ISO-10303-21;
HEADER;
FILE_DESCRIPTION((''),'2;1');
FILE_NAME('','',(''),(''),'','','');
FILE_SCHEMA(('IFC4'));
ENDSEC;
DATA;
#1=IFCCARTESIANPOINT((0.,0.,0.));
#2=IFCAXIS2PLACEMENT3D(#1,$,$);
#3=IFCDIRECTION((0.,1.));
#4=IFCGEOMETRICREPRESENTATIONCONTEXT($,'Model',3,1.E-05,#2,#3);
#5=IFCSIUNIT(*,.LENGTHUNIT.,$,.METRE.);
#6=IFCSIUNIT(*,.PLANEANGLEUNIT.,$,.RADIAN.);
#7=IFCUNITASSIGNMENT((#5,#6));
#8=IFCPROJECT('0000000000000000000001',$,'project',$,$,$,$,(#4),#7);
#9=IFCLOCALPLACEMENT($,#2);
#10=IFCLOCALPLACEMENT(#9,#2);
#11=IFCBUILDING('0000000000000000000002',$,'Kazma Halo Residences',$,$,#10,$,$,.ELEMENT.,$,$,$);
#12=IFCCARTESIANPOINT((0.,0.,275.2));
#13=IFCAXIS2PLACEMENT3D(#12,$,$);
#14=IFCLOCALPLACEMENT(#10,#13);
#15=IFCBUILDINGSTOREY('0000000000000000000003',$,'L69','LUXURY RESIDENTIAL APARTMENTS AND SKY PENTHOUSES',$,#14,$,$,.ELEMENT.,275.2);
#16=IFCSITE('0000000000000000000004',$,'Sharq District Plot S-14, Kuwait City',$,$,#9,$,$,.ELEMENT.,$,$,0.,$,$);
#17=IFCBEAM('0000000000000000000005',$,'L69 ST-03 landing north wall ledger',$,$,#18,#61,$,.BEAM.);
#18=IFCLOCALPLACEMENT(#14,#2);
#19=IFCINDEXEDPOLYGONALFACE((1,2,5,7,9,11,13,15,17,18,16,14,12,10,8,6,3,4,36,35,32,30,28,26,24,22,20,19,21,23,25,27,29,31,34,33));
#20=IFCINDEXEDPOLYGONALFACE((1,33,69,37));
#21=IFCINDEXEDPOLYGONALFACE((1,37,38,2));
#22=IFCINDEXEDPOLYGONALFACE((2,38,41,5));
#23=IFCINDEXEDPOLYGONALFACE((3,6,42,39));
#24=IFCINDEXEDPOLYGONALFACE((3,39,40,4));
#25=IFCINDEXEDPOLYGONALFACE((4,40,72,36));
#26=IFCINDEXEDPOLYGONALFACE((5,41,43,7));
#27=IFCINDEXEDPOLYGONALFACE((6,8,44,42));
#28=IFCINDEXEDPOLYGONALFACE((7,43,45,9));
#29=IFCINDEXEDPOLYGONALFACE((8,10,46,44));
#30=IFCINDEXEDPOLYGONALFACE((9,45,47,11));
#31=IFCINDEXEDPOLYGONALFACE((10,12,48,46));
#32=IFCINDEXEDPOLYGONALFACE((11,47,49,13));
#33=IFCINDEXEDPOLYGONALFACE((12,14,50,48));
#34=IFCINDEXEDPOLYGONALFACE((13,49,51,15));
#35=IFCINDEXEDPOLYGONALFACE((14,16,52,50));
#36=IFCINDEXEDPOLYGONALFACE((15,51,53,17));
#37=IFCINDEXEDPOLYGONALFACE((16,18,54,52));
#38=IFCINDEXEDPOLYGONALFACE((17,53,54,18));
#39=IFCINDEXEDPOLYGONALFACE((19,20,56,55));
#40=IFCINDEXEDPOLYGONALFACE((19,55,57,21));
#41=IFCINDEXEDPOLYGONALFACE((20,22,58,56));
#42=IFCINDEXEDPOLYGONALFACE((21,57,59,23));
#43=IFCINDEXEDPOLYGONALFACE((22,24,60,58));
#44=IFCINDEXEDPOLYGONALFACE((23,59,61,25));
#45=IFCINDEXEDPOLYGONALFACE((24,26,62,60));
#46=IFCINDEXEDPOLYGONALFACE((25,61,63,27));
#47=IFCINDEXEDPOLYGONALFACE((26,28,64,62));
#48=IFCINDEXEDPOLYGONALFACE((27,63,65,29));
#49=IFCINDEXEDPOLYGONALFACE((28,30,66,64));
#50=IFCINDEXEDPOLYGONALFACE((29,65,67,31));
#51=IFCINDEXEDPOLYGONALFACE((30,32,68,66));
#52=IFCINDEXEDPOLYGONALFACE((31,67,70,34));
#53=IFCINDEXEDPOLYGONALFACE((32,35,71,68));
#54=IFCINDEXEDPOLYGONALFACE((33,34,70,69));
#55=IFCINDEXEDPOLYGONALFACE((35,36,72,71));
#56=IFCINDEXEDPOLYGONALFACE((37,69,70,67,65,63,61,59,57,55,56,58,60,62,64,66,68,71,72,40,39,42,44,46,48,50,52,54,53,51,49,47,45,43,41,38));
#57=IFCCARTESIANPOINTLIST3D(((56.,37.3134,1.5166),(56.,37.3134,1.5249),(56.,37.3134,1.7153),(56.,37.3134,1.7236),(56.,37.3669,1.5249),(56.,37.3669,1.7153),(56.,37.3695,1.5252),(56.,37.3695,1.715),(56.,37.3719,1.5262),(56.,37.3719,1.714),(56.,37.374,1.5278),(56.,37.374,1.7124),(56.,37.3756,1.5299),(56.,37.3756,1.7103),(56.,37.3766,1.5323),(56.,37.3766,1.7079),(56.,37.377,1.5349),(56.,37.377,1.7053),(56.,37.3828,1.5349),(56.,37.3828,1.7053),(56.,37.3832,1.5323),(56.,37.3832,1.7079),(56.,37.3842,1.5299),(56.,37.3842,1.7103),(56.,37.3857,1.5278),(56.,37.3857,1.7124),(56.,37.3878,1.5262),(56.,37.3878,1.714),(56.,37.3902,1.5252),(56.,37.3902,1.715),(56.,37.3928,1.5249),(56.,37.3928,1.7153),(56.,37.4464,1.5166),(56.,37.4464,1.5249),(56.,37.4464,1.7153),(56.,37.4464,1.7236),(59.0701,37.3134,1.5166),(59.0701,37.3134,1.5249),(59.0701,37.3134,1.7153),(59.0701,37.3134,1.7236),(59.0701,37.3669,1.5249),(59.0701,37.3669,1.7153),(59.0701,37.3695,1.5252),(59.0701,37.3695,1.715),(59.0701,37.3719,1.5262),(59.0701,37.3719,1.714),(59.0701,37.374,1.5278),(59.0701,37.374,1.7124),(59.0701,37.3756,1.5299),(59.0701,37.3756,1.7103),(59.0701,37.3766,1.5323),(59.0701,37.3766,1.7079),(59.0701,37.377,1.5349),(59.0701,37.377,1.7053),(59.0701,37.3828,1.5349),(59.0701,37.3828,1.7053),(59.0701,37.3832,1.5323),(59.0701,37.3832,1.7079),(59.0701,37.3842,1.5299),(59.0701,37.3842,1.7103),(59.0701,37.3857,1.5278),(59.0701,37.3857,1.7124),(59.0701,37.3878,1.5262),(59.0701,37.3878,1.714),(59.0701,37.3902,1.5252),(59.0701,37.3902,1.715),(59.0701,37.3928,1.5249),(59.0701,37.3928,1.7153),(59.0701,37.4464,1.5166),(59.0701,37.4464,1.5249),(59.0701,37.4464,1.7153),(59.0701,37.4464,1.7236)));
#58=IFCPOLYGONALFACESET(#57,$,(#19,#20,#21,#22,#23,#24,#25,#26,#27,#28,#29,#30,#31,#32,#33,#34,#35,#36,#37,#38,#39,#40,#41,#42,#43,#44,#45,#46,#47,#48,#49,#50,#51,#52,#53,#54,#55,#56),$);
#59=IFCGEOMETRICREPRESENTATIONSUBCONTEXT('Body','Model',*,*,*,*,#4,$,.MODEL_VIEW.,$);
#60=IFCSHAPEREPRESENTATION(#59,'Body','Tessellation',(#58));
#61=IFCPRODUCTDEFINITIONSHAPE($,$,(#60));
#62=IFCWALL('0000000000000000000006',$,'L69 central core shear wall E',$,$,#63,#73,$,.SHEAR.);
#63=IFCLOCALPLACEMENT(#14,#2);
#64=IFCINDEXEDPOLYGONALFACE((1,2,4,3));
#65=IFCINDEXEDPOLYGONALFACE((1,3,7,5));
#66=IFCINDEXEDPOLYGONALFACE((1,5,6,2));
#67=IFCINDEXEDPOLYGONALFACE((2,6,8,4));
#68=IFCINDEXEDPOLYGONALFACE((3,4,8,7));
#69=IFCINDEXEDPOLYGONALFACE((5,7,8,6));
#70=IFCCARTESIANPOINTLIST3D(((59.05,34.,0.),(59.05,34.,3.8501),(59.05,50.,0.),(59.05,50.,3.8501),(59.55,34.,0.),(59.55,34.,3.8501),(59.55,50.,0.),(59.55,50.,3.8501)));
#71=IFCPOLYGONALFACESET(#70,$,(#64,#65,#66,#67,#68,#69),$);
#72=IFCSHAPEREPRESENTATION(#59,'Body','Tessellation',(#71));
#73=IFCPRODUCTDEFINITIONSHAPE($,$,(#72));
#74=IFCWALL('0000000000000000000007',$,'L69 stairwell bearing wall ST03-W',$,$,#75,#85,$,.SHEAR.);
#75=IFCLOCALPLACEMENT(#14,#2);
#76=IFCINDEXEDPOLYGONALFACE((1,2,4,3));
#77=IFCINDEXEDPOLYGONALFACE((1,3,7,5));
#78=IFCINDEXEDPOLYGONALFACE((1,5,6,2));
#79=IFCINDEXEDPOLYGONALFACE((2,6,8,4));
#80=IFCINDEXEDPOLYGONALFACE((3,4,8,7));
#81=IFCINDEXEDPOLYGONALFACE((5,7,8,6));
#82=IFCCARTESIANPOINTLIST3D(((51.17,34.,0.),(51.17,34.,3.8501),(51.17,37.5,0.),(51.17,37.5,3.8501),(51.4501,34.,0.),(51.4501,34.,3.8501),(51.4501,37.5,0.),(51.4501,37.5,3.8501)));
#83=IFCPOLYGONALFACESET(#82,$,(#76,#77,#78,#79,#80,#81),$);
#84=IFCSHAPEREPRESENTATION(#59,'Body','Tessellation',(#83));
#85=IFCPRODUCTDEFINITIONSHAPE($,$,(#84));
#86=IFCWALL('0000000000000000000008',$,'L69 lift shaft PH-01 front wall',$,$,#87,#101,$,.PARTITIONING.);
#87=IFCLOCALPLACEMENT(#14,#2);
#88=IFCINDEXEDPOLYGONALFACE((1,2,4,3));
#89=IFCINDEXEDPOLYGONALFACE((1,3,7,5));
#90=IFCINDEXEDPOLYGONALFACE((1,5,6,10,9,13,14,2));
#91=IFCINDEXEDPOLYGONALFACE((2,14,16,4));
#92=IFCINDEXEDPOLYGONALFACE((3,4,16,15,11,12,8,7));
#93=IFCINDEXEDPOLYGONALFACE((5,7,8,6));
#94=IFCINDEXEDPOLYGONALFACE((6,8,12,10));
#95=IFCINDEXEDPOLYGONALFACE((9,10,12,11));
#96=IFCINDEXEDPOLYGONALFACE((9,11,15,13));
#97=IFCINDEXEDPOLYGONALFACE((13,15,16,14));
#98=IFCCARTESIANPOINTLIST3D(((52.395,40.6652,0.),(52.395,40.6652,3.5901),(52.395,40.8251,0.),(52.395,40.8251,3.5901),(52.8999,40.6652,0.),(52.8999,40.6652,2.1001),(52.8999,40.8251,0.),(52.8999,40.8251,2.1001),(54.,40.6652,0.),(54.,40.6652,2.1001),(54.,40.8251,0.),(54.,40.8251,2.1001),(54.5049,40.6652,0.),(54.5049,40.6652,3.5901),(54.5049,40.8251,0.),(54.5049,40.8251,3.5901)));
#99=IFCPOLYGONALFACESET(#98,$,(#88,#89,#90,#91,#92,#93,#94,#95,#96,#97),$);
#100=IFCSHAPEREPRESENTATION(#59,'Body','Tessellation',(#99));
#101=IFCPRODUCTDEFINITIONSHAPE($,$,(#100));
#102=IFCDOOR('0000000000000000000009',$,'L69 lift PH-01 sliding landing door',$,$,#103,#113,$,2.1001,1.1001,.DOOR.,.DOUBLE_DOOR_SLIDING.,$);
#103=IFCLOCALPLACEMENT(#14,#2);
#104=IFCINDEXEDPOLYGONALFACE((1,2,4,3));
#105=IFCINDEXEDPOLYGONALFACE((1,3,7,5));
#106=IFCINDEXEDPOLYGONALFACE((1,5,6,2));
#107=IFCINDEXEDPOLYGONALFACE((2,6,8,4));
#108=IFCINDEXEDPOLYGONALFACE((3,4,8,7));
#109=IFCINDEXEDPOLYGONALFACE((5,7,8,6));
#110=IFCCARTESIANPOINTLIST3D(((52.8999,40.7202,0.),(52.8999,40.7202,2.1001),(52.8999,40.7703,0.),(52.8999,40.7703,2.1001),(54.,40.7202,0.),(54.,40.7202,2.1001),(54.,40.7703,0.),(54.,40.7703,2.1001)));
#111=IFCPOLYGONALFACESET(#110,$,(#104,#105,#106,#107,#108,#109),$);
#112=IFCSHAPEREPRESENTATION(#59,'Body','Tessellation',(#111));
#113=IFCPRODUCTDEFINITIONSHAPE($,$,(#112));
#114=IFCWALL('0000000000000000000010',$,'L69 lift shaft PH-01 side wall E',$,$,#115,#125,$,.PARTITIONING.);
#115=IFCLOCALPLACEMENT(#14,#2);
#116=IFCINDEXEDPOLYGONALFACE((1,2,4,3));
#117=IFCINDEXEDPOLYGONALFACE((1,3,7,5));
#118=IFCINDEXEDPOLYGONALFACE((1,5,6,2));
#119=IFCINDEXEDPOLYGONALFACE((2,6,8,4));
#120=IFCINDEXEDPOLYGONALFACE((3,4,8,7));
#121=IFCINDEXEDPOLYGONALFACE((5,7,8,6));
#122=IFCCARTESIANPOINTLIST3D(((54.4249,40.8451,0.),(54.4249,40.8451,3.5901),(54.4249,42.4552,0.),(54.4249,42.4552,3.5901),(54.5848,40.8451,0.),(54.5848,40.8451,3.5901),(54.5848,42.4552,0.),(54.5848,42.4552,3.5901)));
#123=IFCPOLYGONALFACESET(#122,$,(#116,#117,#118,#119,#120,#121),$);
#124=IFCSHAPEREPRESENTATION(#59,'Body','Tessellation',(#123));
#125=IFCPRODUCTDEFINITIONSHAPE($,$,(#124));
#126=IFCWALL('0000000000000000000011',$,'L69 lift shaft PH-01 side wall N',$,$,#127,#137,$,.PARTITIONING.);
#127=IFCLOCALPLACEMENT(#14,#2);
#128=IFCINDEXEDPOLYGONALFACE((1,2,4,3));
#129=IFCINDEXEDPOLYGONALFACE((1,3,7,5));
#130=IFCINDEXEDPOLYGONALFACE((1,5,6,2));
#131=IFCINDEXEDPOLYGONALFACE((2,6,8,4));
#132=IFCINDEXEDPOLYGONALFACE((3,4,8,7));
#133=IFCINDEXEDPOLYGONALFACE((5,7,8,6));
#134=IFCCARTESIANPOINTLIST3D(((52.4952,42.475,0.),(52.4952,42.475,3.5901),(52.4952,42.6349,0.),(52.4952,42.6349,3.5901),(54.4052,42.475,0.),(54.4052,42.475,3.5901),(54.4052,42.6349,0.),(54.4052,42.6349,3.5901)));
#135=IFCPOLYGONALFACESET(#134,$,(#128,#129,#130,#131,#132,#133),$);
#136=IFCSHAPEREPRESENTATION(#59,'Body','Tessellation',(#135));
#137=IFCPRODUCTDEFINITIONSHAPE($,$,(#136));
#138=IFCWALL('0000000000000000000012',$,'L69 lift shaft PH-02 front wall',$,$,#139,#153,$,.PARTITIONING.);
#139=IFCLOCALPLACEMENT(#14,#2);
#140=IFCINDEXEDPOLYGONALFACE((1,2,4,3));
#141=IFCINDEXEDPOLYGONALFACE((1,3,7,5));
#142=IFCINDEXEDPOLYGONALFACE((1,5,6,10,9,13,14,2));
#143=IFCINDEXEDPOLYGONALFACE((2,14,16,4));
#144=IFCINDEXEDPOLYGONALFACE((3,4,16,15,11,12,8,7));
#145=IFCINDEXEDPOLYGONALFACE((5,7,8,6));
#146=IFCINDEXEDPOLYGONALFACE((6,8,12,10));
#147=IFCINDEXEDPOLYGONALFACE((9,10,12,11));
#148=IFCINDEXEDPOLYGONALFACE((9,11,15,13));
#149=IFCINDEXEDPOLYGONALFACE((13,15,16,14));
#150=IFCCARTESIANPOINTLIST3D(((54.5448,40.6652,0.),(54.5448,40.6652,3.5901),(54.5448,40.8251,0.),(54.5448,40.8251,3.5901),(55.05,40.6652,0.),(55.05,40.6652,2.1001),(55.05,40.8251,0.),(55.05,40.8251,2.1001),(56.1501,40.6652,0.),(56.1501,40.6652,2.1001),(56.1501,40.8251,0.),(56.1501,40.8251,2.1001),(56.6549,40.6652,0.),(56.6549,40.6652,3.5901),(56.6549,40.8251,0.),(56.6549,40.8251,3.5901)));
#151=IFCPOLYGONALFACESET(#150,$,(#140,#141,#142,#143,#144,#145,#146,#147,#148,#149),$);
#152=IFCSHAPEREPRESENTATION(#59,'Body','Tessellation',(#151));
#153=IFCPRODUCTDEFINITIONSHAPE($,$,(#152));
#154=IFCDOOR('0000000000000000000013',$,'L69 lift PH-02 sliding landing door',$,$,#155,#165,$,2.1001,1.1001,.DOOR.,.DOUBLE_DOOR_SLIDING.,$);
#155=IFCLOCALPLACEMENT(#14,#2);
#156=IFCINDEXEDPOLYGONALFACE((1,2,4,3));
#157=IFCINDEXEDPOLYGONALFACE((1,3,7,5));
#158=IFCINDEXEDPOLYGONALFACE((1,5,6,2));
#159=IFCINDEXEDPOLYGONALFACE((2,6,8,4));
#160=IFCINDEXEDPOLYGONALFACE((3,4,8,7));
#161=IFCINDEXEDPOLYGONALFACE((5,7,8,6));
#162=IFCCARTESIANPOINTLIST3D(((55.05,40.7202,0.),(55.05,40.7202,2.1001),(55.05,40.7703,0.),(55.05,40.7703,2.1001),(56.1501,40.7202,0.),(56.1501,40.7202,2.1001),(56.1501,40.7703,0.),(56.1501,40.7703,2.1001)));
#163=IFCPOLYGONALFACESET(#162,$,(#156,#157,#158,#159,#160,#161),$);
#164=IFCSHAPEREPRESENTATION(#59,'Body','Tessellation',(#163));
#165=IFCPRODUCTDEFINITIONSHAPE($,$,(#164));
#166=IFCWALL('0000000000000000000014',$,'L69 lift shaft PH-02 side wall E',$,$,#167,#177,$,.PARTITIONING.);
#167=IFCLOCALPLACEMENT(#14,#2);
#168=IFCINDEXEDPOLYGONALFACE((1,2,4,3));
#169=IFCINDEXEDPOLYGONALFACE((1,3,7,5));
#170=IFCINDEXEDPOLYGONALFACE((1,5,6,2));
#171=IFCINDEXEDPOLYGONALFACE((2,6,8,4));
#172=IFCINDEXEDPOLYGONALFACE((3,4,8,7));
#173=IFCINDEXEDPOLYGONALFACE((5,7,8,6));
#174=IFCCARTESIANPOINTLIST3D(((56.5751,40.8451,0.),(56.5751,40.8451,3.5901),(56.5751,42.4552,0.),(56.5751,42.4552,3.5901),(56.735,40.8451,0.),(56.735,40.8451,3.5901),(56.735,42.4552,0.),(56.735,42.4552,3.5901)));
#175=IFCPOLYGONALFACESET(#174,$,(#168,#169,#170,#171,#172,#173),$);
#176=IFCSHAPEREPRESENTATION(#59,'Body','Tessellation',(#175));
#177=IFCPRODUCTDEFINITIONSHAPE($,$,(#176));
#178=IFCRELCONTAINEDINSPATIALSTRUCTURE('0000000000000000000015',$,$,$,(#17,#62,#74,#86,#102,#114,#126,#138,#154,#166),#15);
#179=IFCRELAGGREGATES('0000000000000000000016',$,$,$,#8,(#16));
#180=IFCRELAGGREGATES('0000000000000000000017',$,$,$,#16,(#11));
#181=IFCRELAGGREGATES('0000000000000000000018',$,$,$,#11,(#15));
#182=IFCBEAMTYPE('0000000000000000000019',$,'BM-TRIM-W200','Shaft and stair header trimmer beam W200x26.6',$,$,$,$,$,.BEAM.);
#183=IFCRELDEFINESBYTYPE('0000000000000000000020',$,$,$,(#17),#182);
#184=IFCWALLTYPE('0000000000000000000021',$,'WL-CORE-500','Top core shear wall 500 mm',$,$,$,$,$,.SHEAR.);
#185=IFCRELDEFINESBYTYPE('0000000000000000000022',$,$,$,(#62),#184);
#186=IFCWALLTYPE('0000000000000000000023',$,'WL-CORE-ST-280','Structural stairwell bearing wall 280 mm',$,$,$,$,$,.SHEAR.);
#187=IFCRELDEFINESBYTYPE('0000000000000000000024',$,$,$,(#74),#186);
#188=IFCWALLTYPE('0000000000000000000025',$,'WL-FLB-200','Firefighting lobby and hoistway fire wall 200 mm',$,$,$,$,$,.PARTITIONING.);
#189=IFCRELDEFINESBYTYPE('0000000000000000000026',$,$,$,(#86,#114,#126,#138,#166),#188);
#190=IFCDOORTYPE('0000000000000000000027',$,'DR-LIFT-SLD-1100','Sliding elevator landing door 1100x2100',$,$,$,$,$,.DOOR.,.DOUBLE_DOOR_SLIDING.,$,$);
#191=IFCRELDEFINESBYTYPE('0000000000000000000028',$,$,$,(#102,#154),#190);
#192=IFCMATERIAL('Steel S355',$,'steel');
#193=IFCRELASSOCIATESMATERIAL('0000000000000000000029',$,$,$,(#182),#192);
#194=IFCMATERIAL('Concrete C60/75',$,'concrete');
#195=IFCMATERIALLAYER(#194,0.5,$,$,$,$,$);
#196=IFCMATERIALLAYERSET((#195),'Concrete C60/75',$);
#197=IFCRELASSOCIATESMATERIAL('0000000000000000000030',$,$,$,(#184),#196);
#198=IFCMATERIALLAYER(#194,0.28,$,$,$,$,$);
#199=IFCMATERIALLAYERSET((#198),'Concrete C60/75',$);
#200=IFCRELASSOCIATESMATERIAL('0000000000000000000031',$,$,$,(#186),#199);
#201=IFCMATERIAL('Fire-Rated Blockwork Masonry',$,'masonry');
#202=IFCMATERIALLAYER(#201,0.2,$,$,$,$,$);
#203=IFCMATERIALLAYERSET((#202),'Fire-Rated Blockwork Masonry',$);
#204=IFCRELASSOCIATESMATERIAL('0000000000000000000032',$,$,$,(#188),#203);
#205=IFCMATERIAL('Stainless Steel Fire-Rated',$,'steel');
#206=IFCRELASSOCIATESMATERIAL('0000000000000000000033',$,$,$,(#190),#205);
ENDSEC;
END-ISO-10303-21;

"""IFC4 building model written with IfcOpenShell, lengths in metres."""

from ifc_helpers import new_model, si_unit, direction, frame, frame_2d, origin, origin_2d, place, context, subcontext, project, spatial, rectangle, i_section, extrude, material, layer, layer_set, material_profile, profile_set, type_object, element, fill, save


model = new_model("IFC4")

# Units and contexts
model_context = context("Model", 3, precision=1e-05, world=origin(), true_north=direction((0.0, 1.0)))
body_context = subcontext(model_context, "Body", "Model", "MODEL_VIEW")
ifc_project = project(units=[si_unit("LENGTHUNIT", "METRE"), si_unit("PLANEANGLEUNIT", "RADIAN")], contexts=[model_context])

# Site, building, storey
site_placement = place(None, origin())
site = spatial("IfcSite", under=ifc_project, at=site_placement, Name="Sharq District Plot S-14, Kuwait City", CompositionType="ELEMENT", RefElevation=0.0)
building_placement = place(site_placement, origin())
building = spatial("IfcBuilding", under=site, at=building_placement, Name="Kazma Halo Residences", CompositionType="ELEMENT")
storey_placement = place(building_placement, frame((0.0, 0.0, 275.2)))
storey = spatial("IfcBuildingStorey", under=building, at=storey_placement, Name="L69", Description="LUXURY RESIDENTIAL APARTMENTS AND SKY PENTHOUSES", CompositionType="ELEMENT", Elevation=275.2)

# Shared definitions
ifc_material_1 = material(Name="Steel S355", Category="steel")

# Beam
ifc_material_profile_1 = material_profile(ifc_material_1, i_section(OverallWidth=0.1331, OverallDepth=0.207, WebThickness=0.0059, FlangeThickness=0.0083, FilletRadius=0.01, at=origin_2d()), Name="W200x26.6")
ifc_profile_set_1 = profile_set([ifc_material_profile_1], Name="Steel S355")
beam_type_1 = type_object("IfcBeamType", Name="BM-TRIM-W200", Description="Shaft and stair header trimmer beam W200x26.6", PredefinedType="BEAM", material=ifc_profile_set_1)
beam_1_placement = place(storey_placement, frame((56.0, 37.3799, 1.6201), z_axis=(1.0, 0.0, 0.0), x_axis=(0.0, 1.0, 0.0)))
element("IfcBeam", 1, at=beam_1_placement, inside=storey, type_object=beam_type_1, Name="L69 ST-03 landing north wall ledger", PredefinedType="BEAM", context=body_context, shape_type="SweptSolid", body=[
    extrude(i_section(OverallWidth=0.1331, OverallDepth=0.207, WebThickness=0.0059, FlangeThickness=0.0083, FilletRadius=0.01, at=origin_2d()), origin(), (0.0, 0.0, 1.0), 3.0701),
])

# Walls
ifc_material_2 = material(Name="Concrete C60/75", Category="concrete")
ifc_layer_1 = layer(ifc_material_2, 0.5)
ifc_layer_set_1 = layer_set([ifc_layer_1], Name="Concrete C60/75")
wall_type_1 = type_object("IfcWallType", Name="WL-CORE-500", Description="Top core shear wall 500 mm", PredefinedType="SHEAR", material=ifc_layer_set_1)
wall_1_placement = place(storey_placement, frame((59.3, 34.0, 0.0), z_axis=(0.0, 0.0, 1.0), x_axis=(0.0, 1.0, 0.0)))
element("IfcWall", 2, at=wall_1_placement, inside=storey, type_object=wall_type_1, Name="L69 central core shear wall E", PredefinedType="SHEAR", context=body_context, shape_type="SweptSolid", body=[
    extrude(rectangle(XDim=16.0, YDim=0.5, at=frame_2d((8.0, 0.0))), origin(), (0.0, 0.0, 1.0), 3.8501),
])
ifc_layer_2 = layer(ifc_material_2, 0.28)
ifc_layer_set_2 = layer_set([ifc_layer_2], Name="Concrete C60/75")
wall_type_2 = type_object("IfcWallType", Name="WL-CORE-ST-280", Description="Structural stairwell bearing wall 280 mm", PredefinedType="SHEAR", material=ifc_layer_set_2)
wall_2_placement = place(storey_placement, frame((51.3101, 34.0, 0.0), z_axis=(0.0, 0.0, 1.0), x_axis=(0.0, 1.0, 0.0)))
element("IfcWall", 3, at=wall_2_placement, inside=storey, type_object=wall_type_2, Name="L69 stairwell bearing wall ST03-W", PredefinedType="SHEAR", context=body_context, shape_type="SweptSolid", body=[
    extrude(rectangle(XDim=3.5, YDim=0.28, at=frame_2d((1.75, 0.0))), origin(), (0.0, 0.0, 1.0), 3.8501),
])

# Wall, opening, door
ifc_material_3 = material(Name="Fire-Rated Blockwork Masonry", Category="masonry")
ifc_layer_3 = layer(ifc_material_3, 0.2)
ifc_layer_set_3 = layer_set([ifc_layer_3], Name="Fire-Rated Blockwork Masonry")
wall_type_3 = type_object("IfcWallType", Name="WL-FLB-200", Description="Firefighting lobby and hoistway fire wall 200 mm", PredefinedType="PARTITIONING", material=ifc_layer_set_3)
wall_3_placement = place(storey_placement, frame((54.5049, 40.7451, 0.0), z_axis=(0.0, 0.0, 1.0), x_axis=(-1.0, 0.0, 0.0)))
wall_3 = element("IfcWall", 4, at=wall_3_placement, inside=storey, type_object=wall_type_3, Name="L69 lift shaft PH-01 front wall", PredefinedType="PARTITIONING", context=body_context, shape_type="SweptSolid", body=[
    extrude(rectangle(XDim=2.1099, YDim=0.1599, at=frame_2d((1.0549, 0.0))), origin(), (0.0, 0.0, 1.0), 3.5901),
])
opening_1_placement = place(wall_3_placement, frame((0.5049, 0.0, 0.0)))
opening_1 = element("IfcOpeningElement", 5, at=opening_1_placement, cuts=wall_3, PredefinedType="OPENING", context=body_context, shape_type="SweptSolid", body=[
    extrude(rectangle(XDim=1.1001, YDim=2.1001, at=frame_2d((0.55, 1.05))), frame((0.0, 0.0898, 0.0), z_axis=(0.0, -1.0, 0.0), x_axis=(1.0, 0.0, 0.0)), (0.0, 0.0, 1.0), 0.1799),
])
ifc_material_4 = material(Name="Stainless Steel Fire-Rated", Category="steel")
door_type_1 = type_object("IfcDoorType", Name="DR-LIFT-SLD-1100", Description="Sliding elevator landing door 1100x2100", OperationType="DOUBLE_DOOR_SLIDING", PredefinedType="DOOR", material=ifc_material_4)
door_1_placement = place(opening_1_placement, origin())
door_1 = element("IfcDoor", 6, at=door_1_placement, inside=storey, type_object=door_type_1, Name="L69 lift PH-01 sliding landing door", OperationType="DOUBLE_DOOR_SLIDING", OverallHeight=2.1001, OverallWidth=1.1001, PredefinedType="DOOR", context=body_context, shape_type="SweptSolid", body=[
    extrude(rectangle(XDim=1.1001, YDim=2.1001, at=frame_2d((0.55, 1.05))), frame((0.0, 0.0249, 0.0), z_axis=(0.0, -1.0, 0.0), x_axis=(1.0, 0.0, 0.0)), (0.0, 0.0, 1.0), 0.05),
])
fill(opening_1, door_1)

# Walls
wall_4_placement = place(storey_placement, frame((54.5049, 40.845, 0.0), z_axis=(0.0, 0.0, 1.0), x_axis=(0.0, 1.0, 0.0)))
element("IfcWall", 7, at=wall_4_placement, inside=storey, type_object=wall_type_3, Name="L69 lift shaft PH-01 side wall E", PredefinedType="PARTITIONING", context=body_context, shape_type="SweptSolid", body=[
    extrude(rectangle(XDim=1.6101, YDim=0.1599, at=frame_2d((0.8052, 0.0))), origin(), (0.0, 0.0, 1.0), 3.5901),
])
wall_5_placement = place(storey_placement, frame((52.4951, 42.5549, 0.0), z_axis=(0.0, 0.0, 1.0), x_axis=(1.0, 0.0, 0.0)))
element("IfcWall", 8, at=wall_5_placement, inside=storey, type_object=wall_type_3, Name="L69 lift shaft PH-01 side wall N", PredefinedType="PARTITIONING", context=body_context, shape_type="SweptSolid", body=[
    extrude(rectangle(XDim=1.9099, YDim=0.1599, at=frame_2d((0.9551, 0.0))), origin(), (0.0, 0.0, 1.0), 3.5901),
])

# Wall, opening, door
wall_6_placement = place(storey_placement, frame((56.655, 40.7451, 0.0), z_axis=(0.0, 0.0, 1.0), x_axis=(-1.0, 0.0, 0.0)))
wall_6 = element("IfcWall", 9, at=wall_6_placement, inside=storey, type_object=wall_type_3, Name="L69 lift shaft PH-02 front wall", PredefinedType="PARTITIONING", context=body_context, shape_type="SweptSolid", body=[
    extrude(rectangle(XDim=2.1101, YDim=0.1599, at=frame_2d((1.0552, 0.0))), origin(), (0.0, 0.0, 1.0), 3.5901),
])
opening_2_placement = place(wall_6_placement, frame((0.5049, 0.0, 0.0)))
opening_2 = element("IfcOpeningElement", 10, at=opening_2_placement, cuts=wall_6, PredefinedType="OPENING", context=body_context, shape_type="SweptSolid", body=[
    extrude(rectangle(XDim=1.1001, YDim=2.1001, at=frame_2d((0.55, 1.05))), frame((0.0, 0.0898, 0.0), z_axis=(0.0, -1.0, 0.0), x_axis=(1.0, 0.0, 0.0)), (0.0, 0.0, 1.0), 0.1799),
])
door_2_placement = place(opening_2_placement, origin())
door_2 = element("IfcDoor", 11, at=door_2_placement, inside=storey, type_object=door_type_1, Name="L69 lift PH-02 sliding landing door", OperationType="DOUBLE_DOOR_SLIDING", OverallHeight=2.1001, OverallWidth=1.1001, PredefinedType="DOOR", context=body_context, shape_type="SweptSolid", body=[
    extrude(rectangle(XDim=1.1001, YDim=2.1001, at=frame_2d((0.55, 1.05))), frame((0.0, 0.0249, 0.0), z_axis=(0.0, -1.0, 0.0), x_axis=(1.0, 0.0, 0.0)), (0.0, 0.0, 1.0), 0.05),
])
fill(opening_2, door_2)

# Wall
wall_7_placement = place(storey_placement, frame((56.655, 40.845, 0.0), z_axis=(0.0, 0.0, 1.0), x_axis=(0.0, 1.0, 0.0)))
element("IfcWall", 12, at=wall_7_placement, inside=storey, type_object=wall_type_3, Name="L69 lift shaft PH-02 side wall E", PredefinedType="PARTITIONING", context=body_context, shape_type="SweptSolid", body=[
    extrude(rectangle(XDim=1.6101, YDim=0.1599, at=frame_2d((0.8052, 0.0))), origin(), (0.0, 0.0, 1.0), 3.5901),
])

save(model, "model.ifc")
